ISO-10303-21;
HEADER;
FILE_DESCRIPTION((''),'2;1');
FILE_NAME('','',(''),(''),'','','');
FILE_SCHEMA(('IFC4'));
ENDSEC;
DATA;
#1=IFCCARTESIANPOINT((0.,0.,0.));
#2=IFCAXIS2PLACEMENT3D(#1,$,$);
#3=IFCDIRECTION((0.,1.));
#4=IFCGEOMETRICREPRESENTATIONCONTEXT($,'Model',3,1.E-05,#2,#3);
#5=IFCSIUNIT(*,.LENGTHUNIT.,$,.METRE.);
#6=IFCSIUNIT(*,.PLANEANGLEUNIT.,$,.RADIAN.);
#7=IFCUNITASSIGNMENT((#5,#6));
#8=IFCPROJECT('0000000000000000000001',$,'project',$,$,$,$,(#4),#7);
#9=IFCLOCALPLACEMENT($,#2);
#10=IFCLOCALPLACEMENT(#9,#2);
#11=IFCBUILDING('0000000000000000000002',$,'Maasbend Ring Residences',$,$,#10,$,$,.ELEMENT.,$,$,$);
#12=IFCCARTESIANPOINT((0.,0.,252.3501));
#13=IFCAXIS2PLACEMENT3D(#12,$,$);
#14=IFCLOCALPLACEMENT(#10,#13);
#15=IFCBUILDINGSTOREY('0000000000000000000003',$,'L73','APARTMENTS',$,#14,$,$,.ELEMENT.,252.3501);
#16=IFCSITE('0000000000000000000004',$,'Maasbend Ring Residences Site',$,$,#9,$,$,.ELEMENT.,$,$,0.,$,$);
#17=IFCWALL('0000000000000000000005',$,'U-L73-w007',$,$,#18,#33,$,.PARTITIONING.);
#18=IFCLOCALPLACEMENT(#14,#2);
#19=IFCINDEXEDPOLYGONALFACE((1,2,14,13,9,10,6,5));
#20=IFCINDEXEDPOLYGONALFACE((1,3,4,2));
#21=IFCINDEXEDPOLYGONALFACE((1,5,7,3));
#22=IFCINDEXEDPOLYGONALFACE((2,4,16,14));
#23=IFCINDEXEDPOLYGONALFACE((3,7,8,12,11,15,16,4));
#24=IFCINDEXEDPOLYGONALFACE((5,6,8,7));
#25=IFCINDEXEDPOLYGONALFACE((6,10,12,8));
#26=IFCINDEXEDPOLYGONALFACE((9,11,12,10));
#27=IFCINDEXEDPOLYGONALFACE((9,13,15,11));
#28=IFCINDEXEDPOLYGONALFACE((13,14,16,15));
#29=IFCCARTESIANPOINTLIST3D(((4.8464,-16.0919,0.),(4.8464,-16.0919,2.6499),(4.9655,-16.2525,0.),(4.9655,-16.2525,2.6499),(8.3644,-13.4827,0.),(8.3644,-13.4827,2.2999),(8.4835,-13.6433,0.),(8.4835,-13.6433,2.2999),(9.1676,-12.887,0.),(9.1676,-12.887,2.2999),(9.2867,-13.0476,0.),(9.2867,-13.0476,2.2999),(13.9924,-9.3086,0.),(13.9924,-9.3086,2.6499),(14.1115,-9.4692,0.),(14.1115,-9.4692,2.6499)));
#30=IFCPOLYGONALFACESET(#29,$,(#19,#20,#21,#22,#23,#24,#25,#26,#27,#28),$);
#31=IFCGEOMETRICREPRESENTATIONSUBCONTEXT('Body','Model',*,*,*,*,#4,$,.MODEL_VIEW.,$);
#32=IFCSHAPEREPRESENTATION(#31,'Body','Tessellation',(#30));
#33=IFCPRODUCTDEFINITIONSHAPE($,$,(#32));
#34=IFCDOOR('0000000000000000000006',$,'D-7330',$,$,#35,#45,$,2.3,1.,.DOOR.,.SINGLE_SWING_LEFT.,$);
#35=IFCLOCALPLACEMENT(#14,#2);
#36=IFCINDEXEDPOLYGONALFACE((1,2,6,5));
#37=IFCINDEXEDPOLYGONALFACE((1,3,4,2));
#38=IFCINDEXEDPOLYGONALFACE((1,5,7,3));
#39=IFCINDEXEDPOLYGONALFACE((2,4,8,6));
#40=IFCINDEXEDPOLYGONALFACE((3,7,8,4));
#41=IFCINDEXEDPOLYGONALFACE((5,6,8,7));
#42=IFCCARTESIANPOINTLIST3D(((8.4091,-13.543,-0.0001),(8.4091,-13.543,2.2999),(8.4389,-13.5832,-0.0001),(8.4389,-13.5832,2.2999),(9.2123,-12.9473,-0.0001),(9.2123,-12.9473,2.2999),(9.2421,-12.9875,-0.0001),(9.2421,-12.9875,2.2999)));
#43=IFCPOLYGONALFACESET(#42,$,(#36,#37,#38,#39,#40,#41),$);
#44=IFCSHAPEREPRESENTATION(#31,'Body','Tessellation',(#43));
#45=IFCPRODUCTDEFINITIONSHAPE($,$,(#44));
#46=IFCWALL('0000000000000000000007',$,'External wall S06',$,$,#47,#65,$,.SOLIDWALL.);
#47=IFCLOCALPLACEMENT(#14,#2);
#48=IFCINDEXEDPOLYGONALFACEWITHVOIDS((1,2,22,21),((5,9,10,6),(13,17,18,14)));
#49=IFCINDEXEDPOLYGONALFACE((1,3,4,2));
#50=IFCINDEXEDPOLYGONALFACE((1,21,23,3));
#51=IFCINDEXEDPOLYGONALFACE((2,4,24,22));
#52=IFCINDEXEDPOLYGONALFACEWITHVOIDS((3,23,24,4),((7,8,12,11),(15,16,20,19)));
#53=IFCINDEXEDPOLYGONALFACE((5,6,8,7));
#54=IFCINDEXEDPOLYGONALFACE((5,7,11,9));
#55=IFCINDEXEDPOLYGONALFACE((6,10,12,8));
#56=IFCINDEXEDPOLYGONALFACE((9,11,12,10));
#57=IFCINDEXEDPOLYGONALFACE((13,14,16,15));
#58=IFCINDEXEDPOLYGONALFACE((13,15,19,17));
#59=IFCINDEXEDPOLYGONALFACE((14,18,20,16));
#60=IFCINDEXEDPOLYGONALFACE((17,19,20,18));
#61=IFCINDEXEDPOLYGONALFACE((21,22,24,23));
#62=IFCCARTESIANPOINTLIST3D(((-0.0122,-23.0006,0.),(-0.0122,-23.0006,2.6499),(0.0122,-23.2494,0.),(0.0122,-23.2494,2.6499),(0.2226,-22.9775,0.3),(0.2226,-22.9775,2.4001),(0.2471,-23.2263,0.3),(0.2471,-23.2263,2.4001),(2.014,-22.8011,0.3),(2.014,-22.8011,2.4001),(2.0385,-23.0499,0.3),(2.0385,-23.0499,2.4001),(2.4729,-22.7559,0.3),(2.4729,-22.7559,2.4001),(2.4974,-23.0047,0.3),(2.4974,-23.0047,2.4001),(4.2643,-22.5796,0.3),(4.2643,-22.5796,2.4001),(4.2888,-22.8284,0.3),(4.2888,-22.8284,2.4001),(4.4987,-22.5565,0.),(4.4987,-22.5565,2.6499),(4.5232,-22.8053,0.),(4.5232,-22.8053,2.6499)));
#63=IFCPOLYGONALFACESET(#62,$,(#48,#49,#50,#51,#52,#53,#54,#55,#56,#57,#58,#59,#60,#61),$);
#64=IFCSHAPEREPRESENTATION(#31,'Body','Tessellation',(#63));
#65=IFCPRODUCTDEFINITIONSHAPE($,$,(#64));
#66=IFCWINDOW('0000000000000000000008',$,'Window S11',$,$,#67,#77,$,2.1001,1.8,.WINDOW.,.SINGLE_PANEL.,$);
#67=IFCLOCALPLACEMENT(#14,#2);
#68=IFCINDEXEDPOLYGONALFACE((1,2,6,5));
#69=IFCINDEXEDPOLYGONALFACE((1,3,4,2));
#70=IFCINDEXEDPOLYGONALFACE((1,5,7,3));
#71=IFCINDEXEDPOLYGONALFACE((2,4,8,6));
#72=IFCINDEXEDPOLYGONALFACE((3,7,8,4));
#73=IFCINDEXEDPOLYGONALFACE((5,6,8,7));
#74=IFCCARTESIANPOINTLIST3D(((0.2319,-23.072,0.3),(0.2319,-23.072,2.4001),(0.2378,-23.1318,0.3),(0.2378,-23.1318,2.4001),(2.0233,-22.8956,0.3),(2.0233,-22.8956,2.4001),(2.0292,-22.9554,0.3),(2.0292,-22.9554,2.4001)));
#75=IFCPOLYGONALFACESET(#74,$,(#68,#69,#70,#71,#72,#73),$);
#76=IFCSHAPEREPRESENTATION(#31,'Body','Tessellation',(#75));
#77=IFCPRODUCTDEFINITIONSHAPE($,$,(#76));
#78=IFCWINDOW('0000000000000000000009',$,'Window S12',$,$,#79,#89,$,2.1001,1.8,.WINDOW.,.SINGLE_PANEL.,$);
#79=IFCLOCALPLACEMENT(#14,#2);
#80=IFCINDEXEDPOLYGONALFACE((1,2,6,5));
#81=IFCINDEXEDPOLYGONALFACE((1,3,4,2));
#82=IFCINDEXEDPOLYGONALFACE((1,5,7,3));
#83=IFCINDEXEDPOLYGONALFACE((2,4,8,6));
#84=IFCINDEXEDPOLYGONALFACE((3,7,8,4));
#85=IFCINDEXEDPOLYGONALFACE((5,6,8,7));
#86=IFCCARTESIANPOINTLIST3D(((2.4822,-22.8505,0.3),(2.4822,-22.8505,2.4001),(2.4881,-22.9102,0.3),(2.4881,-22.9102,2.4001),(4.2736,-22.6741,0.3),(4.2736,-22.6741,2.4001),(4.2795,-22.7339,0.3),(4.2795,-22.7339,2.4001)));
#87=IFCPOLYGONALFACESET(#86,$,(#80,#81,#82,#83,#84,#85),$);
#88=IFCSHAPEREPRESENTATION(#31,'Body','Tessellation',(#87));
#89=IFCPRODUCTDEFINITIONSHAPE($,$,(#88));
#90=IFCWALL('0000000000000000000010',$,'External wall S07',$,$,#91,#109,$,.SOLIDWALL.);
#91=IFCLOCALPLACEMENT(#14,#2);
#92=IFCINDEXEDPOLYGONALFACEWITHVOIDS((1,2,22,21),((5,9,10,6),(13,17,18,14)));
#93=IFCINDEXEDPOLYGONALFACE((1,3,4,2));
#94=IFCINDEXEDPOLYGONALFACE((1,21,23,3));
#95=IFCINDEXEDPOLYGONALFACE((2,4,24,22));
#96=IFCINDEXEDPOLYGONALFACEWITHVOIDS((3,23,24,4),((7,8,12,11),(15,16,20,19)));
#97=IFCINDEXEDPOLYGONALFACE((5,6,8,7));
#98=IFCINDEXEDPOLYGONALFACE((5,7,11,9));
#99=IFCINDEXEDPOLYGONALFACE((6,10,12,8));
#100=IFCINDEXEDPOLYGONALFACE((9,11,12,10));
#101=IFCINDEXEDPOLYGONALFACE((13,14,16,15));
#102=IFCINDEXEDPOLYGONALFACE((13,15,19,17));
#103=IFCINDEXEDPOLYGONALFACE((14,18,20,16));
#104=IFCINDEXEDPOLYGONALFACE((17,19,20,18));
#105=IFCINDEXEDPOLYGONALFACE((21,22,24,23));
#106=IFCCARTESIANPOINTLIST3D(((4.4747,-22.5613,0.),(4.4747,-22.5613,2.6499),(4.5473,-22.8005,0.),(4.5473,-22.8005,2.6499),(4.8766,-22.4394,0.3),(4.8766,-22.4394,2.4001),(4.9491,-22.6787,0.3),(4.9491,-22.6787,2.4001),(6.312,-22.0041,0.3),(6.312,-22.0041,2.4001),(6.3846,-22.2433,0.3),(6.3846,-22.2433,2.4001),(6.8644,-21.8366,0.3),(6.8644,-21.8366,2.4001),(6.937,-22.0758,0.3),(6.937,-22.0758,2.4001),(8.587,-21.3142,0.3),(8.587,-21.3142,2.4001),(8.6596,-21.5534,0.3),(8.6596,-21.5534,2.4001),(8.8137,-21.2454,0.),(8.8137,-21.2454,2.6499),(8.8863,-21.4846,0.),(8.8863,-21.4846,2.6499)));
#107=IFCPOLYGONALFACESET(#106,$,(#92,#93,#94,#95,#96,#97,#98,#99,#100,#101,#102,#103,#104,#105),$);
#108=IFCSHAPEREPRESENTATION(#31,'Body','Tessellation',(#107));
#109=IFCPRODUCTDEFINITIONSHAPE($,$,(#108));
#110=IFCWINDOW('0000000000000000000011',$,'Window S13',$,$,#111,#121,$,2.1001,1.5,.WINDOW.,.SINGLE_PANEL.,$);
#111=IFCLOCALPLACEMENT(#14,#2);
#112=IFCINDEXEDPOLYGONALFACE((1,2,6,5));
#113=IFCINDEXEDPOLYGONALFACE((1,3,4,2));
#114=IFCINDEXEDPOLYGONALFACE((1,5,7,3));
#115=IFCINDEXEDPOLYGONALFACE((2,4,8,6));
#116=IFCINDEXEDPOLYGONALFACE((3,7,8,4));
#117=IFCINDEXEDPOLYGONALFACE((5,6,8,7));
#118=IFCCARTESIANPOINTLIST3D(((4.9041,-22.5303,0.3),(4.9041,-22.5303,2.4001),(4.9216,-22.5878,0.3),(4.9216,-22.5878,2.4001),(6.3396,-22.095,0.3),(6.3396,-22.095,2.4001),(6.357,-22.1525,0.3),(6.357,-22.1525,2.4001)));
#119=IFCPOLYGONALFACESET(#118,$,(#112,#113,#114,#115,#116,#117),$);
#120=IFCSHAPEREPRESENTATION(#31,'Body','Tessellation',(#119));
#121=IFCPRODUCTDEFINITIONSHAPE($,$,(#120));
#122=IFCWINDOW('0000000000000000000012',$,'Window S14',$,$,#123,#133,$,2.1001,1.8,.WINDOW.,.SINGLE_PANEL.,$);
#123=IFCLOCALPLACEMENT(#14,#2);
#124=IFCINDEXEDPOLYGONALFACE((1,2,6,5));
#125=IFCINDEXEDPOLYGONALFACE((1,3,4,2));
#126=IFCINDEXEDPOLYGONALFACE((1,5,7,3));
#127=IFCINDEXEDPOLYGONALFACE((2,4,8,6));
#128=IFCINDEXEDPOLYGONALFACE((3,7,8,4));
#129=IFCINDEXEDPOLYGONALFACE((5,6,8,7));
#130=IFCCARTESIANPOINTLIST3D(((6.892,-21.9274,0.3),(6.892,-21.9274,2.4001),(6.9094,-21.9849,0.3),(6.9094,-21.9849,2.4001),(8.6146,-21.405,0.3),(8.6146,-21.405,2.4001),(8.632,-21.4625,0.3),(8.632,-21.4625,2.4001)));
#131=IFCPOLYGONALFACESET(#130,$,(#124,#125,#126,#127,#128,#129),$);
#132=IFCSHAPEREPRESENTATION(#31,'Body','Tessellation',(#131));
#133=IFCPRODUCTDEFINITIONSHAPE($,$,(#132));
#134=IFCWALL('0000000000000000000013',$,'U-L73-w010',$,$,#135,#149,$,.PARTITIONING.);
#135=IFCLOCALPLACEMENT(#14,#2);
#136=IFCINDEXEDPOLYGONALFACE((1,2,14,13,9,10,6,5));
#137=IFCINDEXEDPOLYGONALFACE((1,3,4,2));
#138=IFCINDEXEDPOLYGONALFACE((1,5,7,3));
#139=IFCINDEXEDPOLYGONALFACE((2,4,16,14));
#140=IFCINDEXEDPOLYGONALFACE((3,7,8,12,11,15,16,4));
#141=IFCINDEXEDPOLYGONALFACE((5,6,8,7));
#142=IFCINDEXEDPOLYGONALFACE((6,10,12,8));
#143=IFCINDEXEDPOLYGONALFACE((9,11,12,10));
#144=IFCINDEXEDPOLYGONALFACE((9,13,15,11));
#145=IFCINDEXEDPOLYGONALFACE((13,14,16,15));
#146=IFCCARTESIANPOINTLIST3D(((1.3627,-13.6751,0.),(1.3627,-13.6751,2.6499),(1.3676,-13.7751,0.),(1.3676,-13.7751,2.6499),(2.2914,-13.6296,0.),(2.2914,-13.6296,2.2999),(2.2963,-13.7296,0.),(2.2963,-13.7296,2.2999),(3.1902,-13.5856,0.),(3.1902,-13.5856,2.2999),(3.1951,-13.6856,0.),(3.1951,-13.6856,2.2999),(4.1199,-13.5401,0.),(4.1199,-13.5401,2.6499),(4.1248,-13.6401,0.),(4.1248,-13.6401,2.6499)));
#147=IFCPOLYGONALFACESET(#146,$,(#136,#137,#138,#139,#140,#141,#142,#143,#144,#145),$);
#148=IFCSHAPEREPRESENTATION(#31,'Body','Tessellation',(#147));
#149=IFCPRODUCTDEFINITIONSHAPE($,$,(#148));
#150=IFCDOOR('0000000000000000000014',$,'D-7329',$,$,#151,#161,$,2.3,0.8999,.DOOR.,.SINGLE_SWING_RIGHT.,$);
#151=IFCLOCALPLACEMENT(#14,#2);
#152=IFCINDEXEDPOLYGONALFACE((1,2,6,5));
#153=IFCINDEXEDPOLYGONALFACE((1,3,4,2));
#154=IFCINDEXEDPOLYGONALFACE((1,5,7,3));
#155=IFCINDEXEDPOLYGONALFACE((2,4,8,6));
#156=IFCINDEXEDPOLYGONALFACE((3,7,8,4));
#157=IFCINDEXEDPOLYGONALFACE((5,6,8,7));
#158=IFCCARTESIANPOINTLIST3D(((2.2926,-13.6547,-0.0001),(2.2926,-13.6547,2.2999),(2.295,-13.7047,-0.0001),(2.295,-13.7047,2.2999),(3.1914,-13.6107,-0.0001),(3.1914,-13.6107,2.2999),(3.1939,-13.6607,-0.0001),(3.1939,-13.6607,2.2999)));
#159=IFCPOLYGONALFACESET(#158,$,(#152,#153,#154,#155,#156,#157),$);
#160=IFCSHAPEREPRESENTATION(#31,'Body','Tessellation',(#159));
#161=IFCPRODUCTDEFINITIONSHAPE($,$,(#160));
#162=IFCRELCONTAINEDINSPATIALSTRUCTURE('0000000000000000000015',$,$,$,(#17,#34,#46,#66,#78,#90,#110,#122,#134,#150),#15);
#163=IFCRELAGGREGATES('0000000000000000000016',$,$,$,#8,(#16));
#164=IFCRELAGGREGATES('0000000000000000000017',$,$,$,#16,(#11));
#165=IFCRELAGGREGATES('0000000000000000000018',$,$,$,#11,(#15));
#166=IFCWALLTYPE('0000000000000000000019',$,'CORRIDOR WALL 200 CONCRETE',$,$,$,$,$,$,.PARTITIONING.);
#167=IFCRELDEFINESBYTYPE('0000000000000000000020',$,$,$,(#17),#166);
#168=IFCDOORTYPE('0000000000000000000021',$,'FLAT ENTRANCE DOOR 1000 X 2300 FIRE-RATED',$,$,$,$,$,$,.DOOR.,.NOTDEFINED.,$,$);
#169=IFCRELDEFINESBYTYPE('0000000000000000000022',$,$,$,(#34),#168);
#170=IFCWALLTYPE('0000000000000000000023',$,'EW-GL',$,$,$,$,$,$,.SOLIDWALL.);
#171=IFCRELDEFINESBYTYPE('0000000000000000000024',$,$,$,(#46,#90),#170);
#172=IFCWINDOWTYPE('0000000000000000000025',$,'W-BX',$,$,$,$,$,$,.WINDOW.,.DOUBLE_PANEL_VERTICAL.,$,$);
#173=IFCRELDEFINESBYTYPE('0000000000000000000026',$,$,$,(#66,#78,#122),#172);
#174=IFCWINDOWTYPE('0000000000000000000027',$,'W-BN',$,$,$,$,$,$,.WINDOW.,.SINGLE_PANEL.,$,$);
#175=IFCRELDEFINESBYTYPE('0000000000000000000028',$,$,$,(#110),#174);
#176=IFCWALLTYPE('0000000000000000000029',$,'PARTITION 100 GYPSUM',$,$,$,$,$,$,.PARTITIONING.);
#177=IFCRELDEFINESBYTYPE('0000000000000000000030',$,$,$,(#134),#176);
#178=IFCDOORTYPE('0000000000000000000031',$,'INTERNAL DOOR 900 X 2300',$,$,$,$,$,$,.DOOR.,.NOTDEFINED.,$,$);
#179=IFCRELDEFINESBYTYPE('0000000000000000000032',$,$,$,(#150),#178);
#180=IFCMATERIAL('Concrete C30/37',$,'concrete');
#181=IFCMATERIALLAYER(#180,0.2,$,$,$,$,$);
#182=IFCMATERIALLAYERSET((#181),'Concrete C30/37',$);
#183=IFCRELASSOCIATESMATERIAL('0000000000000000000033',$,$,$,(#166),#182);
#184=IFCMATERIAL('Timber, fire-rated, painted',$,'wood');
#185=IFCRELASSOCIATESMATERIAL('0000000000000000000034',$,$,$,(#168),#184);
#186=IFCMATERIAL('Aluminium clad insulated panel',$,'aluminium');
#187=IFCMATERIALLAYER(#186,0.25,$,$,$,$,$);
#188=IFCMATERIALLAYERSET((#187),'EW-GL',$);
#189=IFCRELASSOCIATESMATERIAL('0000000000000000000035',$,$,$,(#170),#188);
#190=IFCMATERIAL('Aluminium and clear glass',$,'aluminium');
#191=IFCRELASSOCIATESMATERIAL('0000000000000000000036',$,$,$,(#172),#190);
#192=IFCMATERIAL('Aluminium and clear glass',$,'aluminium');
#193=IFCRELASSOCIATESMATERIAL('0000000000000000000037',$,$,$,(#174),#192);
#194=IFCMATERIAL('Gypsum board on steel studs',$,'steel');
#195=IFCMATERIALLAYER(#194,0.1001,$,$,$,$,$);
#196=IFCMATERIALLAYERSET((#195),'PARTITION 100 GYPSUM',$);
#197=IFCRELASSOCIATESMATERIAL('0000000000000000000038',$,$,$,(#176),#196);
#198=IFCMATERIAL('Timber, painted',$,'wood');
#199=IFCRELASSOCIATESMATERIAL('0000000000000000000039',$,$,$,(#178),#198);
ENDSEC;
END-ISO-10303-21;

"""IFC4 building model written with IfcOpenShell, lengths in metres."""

from ifc_helpers import new_model, si_unit, direction, frame, frame_2d, origin, place, context, subcontext, project, spatial, rectangle, extrude, material, layer, layer_set, type_object, element, fill, save


model = new_model("IFC4")

# Units and contexts
model_context = context("Model", 3, precision=1e-05, world=origin(), true_north=direction((0.0, 1.0)))
body_context = subcontext(model_context, "Body", "Model", "MODEL_VIEW")
ifc_project = project(units=[si_unit("LENGTHUNIT", "METRE"), si_unit("PLANEANGLEUNIT", "RADIAN")], contexts=[model_context])

# Site, building, storey
site_placement = place(None, origin())
site = spatial("IfcSite", under=ifc_project, at=site_placement, Name="Maasbend Ring Residences Site", CompositionType="ELEMENT", RefElevation=0.0)
building_placement = place(site_placement, origin())
building = spatial("IfcBuilding", under=site, at=building_placement, Name="Maasbend Ring Residences", CompositionType="ELEMENT")
storey_placement = place(building_placement, frame((0.0, 0.0, 252.3501)))
storey = spatial("IfcBuildingStorey", under=building, at=storey_placement, Name="L73", Description="APARTMENTS", CompositionType="ELEMENT", Elevation=252.3501)

# Wall, opening, door
ifc_material_1 = material(Name="Concrete C30/37", Category="concrete")
ifc_layer_1 = layer(ifc_material_1, 0.2)
ifc_layer_set_1 = layer_set([ifc_layer_1], Name="Concrete C30/37")
wall_type_1 = type_object("IfcWallType", Name="CORRIDOR WALL 200 CONCRETE", PredefinedType="PARTITIONING", material=ifc_layer_set_1)
wall_1_placement = place(storey_placement, frame((4.906, -16.1721, 0.0), z_axis=(0.0, 0.0, 1.0), x_axis=(0.803205, 0.595703, 0.0)))
wall_1 = element("IfcWall", 1, at=wall_1_placement, inside=storey, type_object=wall_type_1, Name="U-L73-w007", PredefinedType="PARTITIONING", context=body_context, shape_type="SweptSolid", body=[
    extrude(rectangle(XDim=11.387, YDim=0.2, at=frame_2d((5.6934, 0.0))), origin(), (0.0, 0.0, 1.0), 2.6499),
])
opening_1_placement = place(wall_1_placement, frame((4.3799, 0.0, 0.0)))
opening_1 = element("IfcOpeningElement", 2, at=opening_1_placement, cuts=wall_1, PredefinedType="OPENING", context=body_context, shape_type="SweptSolid", body=[
    extrude(rectangle(XDim=1.0, YDim=2.3, at=frame_2d((0.5, 1.1499))), frame((0.0, 0.1099, 0.0), z_axis=(0.0, -1.0, 0.0), x_axis=(1.0, 0.0, 0.0)), (0.0, 0.0, 1.0), 0.22),
])
ifc_material_2 = material(Name="Timber, fire-rated, painted", Category="wood")
door_type_1 = type_object("IfcDoorType", Name="FLAT ENTRANCE DOOR 1000 X 2300 FIRE-RATED", OperationType="NOTDEFINED", PredefinedType="DOOR", material=ifc_material_2)
door_1_placement = place(opening_1_placement, origin())
door_1 = element("IfcDoor", 3, at=door_1_placement, inside=storey, type_object=door_type_1, Name="D-7330", OperationType="SINGLE_SWING_LEFT", OverallHeight=2.3, OverallWidth=1.0, PredefinedType="DOOR", context=body_context, shape_type="SweptSolid", body=[
    extrude(rectangle(XDim=1.0, YDim=2.3, at=frame_2d((0.5, 1.1499))), frame((0.0, 0.0249, 0.0), z_axis=(0.0, -1.0, 0.0), x_axis=(1.0, 0.0, 0.0)), (0.0, 0.0, 1.0), 0.05),
])
fill(opening_1, door_1)

# Walls, openings, windows
ifc_material_3 = material(Name="Aluminium clad insulated panel", Category="aluminium")
ifc_layer_2 = layer(ifc_material_3, 0.25)
ifc_layer_set_2 = layer_set([ifc_layer_2], Name="EW-GL")
wall_type_2 = type_object("IfcWallType", Name="EW-GL", PredefinedType="SOLIDWALL", material=ifc_layer_set_2)
wall_2_placement = place(storey_placement, frame((0.0, -23.125, 0.0), z_axis=(0.0, 0.0, 1.0), x_axis=(0.995189, 0.097973, 0.0)))
wall_2 = element("IfcWall", 4, at=wall_2_placement, inside=storey, type_object=wall_type_2, Name="External wall S06", PredefinedType="SOLIDWALL", context=body_context, shape_type="SweptSolid", body=[
    extrude(rectangle(XDim=4.5327, YDim=0.25, at=frame_2d((2.2664, 0.0))), origin(), (0.0, 0.0, 1.0), 2.6499),
])
opening_2_placement = place(wall_2_placement, frame((0.2361, 0.0, 0.3)))
opening_2 = element("IfcOpeningElement", 5, at=opening_2_placement, cuts=wall_2, PredefinedType="OPENING", context=body_context, shape_type="SweptSolid", body=[
    extrude(rectangle(XDim=1.8, YDim=2.1001, at=frame_2d((0.8999, 1.05))), frame((0.0, 0.135, 0.0), z_axis=(0.0, -1.0, 0.0), x_axis=(1.0, 0.0, 0.0)), (0.0, 0.0, 1.0), 0.27),
])
opening_3_placement = place(wall_2_placement, frame((2.4973, 0.0, 0.3)))
opening_3 = element("IfcOpeningElement", 6, at=opening_3_placement, cuts=wall_2, PredefinedType="OPENING", context=body_context, shape_type="SweptSolid", body=[
    extrude(rectangle(XDim=1.8, YDim=2.1001, at=frame_2d((0.8999, 1.05))), frame((0.0, 0.135, 0.0), z_axis=(0.0, -1.0, 0.0), x_axis=(1.0, 0.0, 0.0)), (0.0, 0.0, 1.0), 0.27),
])
ifc_material_4 = material(Name="Aluminium and clear glass", Category="aluminium")
window_type_1 = type_object("IfcWindowType", Name="W-BX", PartitioningType="DOUBLE_PANEL_VERTICAL", PredefinedType="WINDOW", material=ifc_material_4)
window_1_placement = place(opening_2_placement, origin())
window_1 = element("IfcWindow", 7, at=window_1_placement, inside=storey, type_object=window_type_1, Name="Window S11", OverallHeight=2.1001, OverallWidth=1.8, PartitioningType="SINGLE_PANEL", PredefinedType="WINDOW", context=body_context, shape_type="SweptSolid", body=[
    extrude(rectangle(XDim=1.8, YDim=2.1001, at=frame_2d((0.8999, 1.05))), frame((0.0, 0.03, 0.0), z_axis=(0.0, -1.0, 0.0), x_axis=(1.0, 0.0, 0.0)), (0.0, 0.0, 1.0), 0.0601),
])
fill(opening_2, window_1)
window_2_placement = place(opening_3_placement, origin())
window_2 = element("IfcWindow", 8, at=window_2_placement, inside=storey, type_object=window_type_1, Name="Window S12", OverallHeight=2.1001, OverallWidth=1.8, PartitioningType="SINGLE_PANEL", PredefinedType="WINDOW", context=body_context, shape_type="SweptSolid", body=[
    extrude(rectangle(XDim=1.8, YDim=2.1001, at=frame_2d((0.8999, 1.05))), frame((0.0, 0.03, 0.0), z_axis=(0.0, -1.0, 0.0), x_axis=(1.0, 0.0, 0.0)), (0.0, 0.0, 1.0), 0.0601),
])
fill(opening_3, window_2)
wall_3_placement = place(storey_placement, frame((4.511, -22.6809, 0.0), z_axis=(0.0, 0.0, 1.0), x_axis=(0.956961, 0.290217, 0.0)))
wall_3 = element("IfcWall", 9, at=wall_3_placement, inside=storey, type_object=wall_type_2, Name="External wall S07", PredefinedType="SOLIDWALL", context=body_context, shape_type="SweptSolid", body=[
    extrude(rectangle(XDim=4.5342, YDim=0.25, at=frame_2d((2.2671, 0.0))), origin(), (0.0, 0.0, 1.0), 2.6499),
])
opening_4_placement = place(wall_3_placement, frame((0.4199, 0.0, 0.3)))
opening_4 = element("IfcOpeningElement", 10, at=opening_4_placement, cuts=wall_3, PredefinedType="OPENING", context=body_context, shape_type="SweptSolid", body=[
    extrude(rectangle(XDim=1.5, YDim=2.1001, at=frame_2d((0.75, 1.05))), frame((0.0, 0.135, 0.0), z_axis=(0.0, -1.0, 0.0), x_axis=(1.0, 0.0, 0.0)), (0.0, 0.0, 1.0), 0.27),
])
opening_5_placement = place(wall_3_placement, frame((2.4973, 0.0, 0.3)))
opening_5 = element("IfcOpeningElement", 11, at=opening_5_placement, cuts=wall_3, PredefinedType="OPENING", context=body_context, shape_type="SweptSolid", body=[
    extrude(rectangle(XDim=1.8, YDim=2.1001, at=frame_2d((0.8999, 1.05))), frame((0.0, 0.135, 0.0), z_axis=(0.0, -1.0, 0.0), x_axis=(1.0, 0.0, 0.0)), (0.0, 0.0, 1.0), 0.27),
])
ifc_material_5 = material(Name="Aluminium and clear glass", Category="aluminium")
window_type_2 = type_object("IfcWindowType", Name="W-BN", PartitioningType="SINGLE_PANEL", PredefinedType="WINDOW", material=ifc_material_5)
window_3_placement = place(opening_4_placement, origin())
window_3 = element("IfcWindow", 12, at=window_3_placement, inside=storey, type_object=window_type_2, Name="Window S13", OverallHeight=2.1001, OverallWidth=1.5, PartitioningType="SINGLE_PANEL", PredefinedType="WINDOW", context=body_context, shape_type="SweptSolid", body=[
    extrude(rectangle(XDim=1.5, YDim=2.1001, at=frame_2d((0.75, 1.05))), frame((0.0, 0.03, 0.0), z_axis=(0.0, -1.0, 0.0), x_axis=(1.0, 0.0, 0.0)), (0.0, 0.0, 1.0), 0.0601),
])
fill(opening_4, window_3)
window_4_placement = place(opening_5_placement, origin())
window_4 = element("IfcWindow", 13, at=window_4_placement, inside=storey, type_object=window_type_1, Name="Window S14", OverallHeight=2.1001, OverallWidth=1.8, PartitioningType="SINGLE_PANEL", PredefinedType="WINDOW", context=body_context, shape_type="SweptSolid", body=[
    extrude(rectangle(XDim=1.8, YDim=2.1001, at=frame_2d((0.8999, 1.05))), frame((0.0, 0.03, 0.0), z_axis=(0.0, -1.0, 0.0), x_axis=(1.0, 0.0, 0.0)), (0.0, 0.0, 1.0), 0.0601),
])
fill(opening_5, window_4)

# Wall, opening, door
ifc_material_6 = material(Name="Gypsum board on steel studs", Category="steel")
ifc_layer_3 = layer(ifc_material_6, 0.1001)
ifc_layer_set_3 = layer_set([ifc_layer_3], Name="PARTITION 100 GYPSUM")
wall_type_3 = type_object("IfcWallType", Name="PARTITION 100 GYPSUM", PredefinedType="PARTITIONING", material=ifc_layer_set_3)
wall_4_placement = place(storey_placement, frame((1.365, -13.7251, 0.0), z_axis=(0.0, 0.0, 1.0), x_axis=(0.998803, 0.04891, 0.0)))
wall_4 = element("IfcWall", 14, at=wall_4_placement, inside=storey, type_object=wall_type_3, Name="U-L73-w010", PredefinedType="PARTITIONING", context=body_context, shape_type="SweptSolid", body=[
    extrude(rectangle(XDim=2.7605, YDim=0.1001, at=frame_2d((1.3804, 0.0))), origin(), (0.0, 0.0, 1.0), 2.6499),
])
opening_6_placement = place(wall_4_placement, frame((0.9299, 0.0, 0.0)))
opening_6 = element("IfcOpeningElement", 15, at=opening_6_placement, cuts=wall_4, PredefinedType="OPENING", context=body_context, shape_type="SweptSolid", body=[
    extrude(rectangle(XDim=0.8999, YDim=2.3, at=frame_2d((0.45, 1.1499))), frame((0.0, 0.0601, 0.0), z_axis=(0.0, -1.0, 0.0), x_axis=(1.0, 0.0, 0.0)), (0.0, 0.0, 1.0), 0.1201),
])
ifc_material_7 = material(Name="Timber, painted", Category="wood")
door_type_2 = type_object("IfcDoorType", Name="INTERNAL DOOR 900 X 2300", OperationType="NOTDEFINED", PredefinedType="DOOR", material=ifc_material_7)
door_2_placement = place(opening_6_placement, origin())
door_2 = element("IfcDoor", 16, at=door_2_placement, inside=storey, type_object=door_type_2, Name="D-7329", OperationType="SINGLE_SWING_RIGHT", OverallHeight=2.3, OverallWidth=0.8999, PredefinedType="DOOR", context=body_context, shape_type="SweptSolid", body=[
    extrude(rectangle(XDim=0.8999, YDim=2.3, at=frame_2d((0.45, 1.1499))), frame((0.0, 0.0249, 0.0), z_axis=(0.0, -1.0, 0.0), x_axis=(1.0, 0.0, 0.0)), (0.0, 0.0, 1.0), 0.05),
])
fill(opening_6, door_2)

save(model, "model.ifc")
